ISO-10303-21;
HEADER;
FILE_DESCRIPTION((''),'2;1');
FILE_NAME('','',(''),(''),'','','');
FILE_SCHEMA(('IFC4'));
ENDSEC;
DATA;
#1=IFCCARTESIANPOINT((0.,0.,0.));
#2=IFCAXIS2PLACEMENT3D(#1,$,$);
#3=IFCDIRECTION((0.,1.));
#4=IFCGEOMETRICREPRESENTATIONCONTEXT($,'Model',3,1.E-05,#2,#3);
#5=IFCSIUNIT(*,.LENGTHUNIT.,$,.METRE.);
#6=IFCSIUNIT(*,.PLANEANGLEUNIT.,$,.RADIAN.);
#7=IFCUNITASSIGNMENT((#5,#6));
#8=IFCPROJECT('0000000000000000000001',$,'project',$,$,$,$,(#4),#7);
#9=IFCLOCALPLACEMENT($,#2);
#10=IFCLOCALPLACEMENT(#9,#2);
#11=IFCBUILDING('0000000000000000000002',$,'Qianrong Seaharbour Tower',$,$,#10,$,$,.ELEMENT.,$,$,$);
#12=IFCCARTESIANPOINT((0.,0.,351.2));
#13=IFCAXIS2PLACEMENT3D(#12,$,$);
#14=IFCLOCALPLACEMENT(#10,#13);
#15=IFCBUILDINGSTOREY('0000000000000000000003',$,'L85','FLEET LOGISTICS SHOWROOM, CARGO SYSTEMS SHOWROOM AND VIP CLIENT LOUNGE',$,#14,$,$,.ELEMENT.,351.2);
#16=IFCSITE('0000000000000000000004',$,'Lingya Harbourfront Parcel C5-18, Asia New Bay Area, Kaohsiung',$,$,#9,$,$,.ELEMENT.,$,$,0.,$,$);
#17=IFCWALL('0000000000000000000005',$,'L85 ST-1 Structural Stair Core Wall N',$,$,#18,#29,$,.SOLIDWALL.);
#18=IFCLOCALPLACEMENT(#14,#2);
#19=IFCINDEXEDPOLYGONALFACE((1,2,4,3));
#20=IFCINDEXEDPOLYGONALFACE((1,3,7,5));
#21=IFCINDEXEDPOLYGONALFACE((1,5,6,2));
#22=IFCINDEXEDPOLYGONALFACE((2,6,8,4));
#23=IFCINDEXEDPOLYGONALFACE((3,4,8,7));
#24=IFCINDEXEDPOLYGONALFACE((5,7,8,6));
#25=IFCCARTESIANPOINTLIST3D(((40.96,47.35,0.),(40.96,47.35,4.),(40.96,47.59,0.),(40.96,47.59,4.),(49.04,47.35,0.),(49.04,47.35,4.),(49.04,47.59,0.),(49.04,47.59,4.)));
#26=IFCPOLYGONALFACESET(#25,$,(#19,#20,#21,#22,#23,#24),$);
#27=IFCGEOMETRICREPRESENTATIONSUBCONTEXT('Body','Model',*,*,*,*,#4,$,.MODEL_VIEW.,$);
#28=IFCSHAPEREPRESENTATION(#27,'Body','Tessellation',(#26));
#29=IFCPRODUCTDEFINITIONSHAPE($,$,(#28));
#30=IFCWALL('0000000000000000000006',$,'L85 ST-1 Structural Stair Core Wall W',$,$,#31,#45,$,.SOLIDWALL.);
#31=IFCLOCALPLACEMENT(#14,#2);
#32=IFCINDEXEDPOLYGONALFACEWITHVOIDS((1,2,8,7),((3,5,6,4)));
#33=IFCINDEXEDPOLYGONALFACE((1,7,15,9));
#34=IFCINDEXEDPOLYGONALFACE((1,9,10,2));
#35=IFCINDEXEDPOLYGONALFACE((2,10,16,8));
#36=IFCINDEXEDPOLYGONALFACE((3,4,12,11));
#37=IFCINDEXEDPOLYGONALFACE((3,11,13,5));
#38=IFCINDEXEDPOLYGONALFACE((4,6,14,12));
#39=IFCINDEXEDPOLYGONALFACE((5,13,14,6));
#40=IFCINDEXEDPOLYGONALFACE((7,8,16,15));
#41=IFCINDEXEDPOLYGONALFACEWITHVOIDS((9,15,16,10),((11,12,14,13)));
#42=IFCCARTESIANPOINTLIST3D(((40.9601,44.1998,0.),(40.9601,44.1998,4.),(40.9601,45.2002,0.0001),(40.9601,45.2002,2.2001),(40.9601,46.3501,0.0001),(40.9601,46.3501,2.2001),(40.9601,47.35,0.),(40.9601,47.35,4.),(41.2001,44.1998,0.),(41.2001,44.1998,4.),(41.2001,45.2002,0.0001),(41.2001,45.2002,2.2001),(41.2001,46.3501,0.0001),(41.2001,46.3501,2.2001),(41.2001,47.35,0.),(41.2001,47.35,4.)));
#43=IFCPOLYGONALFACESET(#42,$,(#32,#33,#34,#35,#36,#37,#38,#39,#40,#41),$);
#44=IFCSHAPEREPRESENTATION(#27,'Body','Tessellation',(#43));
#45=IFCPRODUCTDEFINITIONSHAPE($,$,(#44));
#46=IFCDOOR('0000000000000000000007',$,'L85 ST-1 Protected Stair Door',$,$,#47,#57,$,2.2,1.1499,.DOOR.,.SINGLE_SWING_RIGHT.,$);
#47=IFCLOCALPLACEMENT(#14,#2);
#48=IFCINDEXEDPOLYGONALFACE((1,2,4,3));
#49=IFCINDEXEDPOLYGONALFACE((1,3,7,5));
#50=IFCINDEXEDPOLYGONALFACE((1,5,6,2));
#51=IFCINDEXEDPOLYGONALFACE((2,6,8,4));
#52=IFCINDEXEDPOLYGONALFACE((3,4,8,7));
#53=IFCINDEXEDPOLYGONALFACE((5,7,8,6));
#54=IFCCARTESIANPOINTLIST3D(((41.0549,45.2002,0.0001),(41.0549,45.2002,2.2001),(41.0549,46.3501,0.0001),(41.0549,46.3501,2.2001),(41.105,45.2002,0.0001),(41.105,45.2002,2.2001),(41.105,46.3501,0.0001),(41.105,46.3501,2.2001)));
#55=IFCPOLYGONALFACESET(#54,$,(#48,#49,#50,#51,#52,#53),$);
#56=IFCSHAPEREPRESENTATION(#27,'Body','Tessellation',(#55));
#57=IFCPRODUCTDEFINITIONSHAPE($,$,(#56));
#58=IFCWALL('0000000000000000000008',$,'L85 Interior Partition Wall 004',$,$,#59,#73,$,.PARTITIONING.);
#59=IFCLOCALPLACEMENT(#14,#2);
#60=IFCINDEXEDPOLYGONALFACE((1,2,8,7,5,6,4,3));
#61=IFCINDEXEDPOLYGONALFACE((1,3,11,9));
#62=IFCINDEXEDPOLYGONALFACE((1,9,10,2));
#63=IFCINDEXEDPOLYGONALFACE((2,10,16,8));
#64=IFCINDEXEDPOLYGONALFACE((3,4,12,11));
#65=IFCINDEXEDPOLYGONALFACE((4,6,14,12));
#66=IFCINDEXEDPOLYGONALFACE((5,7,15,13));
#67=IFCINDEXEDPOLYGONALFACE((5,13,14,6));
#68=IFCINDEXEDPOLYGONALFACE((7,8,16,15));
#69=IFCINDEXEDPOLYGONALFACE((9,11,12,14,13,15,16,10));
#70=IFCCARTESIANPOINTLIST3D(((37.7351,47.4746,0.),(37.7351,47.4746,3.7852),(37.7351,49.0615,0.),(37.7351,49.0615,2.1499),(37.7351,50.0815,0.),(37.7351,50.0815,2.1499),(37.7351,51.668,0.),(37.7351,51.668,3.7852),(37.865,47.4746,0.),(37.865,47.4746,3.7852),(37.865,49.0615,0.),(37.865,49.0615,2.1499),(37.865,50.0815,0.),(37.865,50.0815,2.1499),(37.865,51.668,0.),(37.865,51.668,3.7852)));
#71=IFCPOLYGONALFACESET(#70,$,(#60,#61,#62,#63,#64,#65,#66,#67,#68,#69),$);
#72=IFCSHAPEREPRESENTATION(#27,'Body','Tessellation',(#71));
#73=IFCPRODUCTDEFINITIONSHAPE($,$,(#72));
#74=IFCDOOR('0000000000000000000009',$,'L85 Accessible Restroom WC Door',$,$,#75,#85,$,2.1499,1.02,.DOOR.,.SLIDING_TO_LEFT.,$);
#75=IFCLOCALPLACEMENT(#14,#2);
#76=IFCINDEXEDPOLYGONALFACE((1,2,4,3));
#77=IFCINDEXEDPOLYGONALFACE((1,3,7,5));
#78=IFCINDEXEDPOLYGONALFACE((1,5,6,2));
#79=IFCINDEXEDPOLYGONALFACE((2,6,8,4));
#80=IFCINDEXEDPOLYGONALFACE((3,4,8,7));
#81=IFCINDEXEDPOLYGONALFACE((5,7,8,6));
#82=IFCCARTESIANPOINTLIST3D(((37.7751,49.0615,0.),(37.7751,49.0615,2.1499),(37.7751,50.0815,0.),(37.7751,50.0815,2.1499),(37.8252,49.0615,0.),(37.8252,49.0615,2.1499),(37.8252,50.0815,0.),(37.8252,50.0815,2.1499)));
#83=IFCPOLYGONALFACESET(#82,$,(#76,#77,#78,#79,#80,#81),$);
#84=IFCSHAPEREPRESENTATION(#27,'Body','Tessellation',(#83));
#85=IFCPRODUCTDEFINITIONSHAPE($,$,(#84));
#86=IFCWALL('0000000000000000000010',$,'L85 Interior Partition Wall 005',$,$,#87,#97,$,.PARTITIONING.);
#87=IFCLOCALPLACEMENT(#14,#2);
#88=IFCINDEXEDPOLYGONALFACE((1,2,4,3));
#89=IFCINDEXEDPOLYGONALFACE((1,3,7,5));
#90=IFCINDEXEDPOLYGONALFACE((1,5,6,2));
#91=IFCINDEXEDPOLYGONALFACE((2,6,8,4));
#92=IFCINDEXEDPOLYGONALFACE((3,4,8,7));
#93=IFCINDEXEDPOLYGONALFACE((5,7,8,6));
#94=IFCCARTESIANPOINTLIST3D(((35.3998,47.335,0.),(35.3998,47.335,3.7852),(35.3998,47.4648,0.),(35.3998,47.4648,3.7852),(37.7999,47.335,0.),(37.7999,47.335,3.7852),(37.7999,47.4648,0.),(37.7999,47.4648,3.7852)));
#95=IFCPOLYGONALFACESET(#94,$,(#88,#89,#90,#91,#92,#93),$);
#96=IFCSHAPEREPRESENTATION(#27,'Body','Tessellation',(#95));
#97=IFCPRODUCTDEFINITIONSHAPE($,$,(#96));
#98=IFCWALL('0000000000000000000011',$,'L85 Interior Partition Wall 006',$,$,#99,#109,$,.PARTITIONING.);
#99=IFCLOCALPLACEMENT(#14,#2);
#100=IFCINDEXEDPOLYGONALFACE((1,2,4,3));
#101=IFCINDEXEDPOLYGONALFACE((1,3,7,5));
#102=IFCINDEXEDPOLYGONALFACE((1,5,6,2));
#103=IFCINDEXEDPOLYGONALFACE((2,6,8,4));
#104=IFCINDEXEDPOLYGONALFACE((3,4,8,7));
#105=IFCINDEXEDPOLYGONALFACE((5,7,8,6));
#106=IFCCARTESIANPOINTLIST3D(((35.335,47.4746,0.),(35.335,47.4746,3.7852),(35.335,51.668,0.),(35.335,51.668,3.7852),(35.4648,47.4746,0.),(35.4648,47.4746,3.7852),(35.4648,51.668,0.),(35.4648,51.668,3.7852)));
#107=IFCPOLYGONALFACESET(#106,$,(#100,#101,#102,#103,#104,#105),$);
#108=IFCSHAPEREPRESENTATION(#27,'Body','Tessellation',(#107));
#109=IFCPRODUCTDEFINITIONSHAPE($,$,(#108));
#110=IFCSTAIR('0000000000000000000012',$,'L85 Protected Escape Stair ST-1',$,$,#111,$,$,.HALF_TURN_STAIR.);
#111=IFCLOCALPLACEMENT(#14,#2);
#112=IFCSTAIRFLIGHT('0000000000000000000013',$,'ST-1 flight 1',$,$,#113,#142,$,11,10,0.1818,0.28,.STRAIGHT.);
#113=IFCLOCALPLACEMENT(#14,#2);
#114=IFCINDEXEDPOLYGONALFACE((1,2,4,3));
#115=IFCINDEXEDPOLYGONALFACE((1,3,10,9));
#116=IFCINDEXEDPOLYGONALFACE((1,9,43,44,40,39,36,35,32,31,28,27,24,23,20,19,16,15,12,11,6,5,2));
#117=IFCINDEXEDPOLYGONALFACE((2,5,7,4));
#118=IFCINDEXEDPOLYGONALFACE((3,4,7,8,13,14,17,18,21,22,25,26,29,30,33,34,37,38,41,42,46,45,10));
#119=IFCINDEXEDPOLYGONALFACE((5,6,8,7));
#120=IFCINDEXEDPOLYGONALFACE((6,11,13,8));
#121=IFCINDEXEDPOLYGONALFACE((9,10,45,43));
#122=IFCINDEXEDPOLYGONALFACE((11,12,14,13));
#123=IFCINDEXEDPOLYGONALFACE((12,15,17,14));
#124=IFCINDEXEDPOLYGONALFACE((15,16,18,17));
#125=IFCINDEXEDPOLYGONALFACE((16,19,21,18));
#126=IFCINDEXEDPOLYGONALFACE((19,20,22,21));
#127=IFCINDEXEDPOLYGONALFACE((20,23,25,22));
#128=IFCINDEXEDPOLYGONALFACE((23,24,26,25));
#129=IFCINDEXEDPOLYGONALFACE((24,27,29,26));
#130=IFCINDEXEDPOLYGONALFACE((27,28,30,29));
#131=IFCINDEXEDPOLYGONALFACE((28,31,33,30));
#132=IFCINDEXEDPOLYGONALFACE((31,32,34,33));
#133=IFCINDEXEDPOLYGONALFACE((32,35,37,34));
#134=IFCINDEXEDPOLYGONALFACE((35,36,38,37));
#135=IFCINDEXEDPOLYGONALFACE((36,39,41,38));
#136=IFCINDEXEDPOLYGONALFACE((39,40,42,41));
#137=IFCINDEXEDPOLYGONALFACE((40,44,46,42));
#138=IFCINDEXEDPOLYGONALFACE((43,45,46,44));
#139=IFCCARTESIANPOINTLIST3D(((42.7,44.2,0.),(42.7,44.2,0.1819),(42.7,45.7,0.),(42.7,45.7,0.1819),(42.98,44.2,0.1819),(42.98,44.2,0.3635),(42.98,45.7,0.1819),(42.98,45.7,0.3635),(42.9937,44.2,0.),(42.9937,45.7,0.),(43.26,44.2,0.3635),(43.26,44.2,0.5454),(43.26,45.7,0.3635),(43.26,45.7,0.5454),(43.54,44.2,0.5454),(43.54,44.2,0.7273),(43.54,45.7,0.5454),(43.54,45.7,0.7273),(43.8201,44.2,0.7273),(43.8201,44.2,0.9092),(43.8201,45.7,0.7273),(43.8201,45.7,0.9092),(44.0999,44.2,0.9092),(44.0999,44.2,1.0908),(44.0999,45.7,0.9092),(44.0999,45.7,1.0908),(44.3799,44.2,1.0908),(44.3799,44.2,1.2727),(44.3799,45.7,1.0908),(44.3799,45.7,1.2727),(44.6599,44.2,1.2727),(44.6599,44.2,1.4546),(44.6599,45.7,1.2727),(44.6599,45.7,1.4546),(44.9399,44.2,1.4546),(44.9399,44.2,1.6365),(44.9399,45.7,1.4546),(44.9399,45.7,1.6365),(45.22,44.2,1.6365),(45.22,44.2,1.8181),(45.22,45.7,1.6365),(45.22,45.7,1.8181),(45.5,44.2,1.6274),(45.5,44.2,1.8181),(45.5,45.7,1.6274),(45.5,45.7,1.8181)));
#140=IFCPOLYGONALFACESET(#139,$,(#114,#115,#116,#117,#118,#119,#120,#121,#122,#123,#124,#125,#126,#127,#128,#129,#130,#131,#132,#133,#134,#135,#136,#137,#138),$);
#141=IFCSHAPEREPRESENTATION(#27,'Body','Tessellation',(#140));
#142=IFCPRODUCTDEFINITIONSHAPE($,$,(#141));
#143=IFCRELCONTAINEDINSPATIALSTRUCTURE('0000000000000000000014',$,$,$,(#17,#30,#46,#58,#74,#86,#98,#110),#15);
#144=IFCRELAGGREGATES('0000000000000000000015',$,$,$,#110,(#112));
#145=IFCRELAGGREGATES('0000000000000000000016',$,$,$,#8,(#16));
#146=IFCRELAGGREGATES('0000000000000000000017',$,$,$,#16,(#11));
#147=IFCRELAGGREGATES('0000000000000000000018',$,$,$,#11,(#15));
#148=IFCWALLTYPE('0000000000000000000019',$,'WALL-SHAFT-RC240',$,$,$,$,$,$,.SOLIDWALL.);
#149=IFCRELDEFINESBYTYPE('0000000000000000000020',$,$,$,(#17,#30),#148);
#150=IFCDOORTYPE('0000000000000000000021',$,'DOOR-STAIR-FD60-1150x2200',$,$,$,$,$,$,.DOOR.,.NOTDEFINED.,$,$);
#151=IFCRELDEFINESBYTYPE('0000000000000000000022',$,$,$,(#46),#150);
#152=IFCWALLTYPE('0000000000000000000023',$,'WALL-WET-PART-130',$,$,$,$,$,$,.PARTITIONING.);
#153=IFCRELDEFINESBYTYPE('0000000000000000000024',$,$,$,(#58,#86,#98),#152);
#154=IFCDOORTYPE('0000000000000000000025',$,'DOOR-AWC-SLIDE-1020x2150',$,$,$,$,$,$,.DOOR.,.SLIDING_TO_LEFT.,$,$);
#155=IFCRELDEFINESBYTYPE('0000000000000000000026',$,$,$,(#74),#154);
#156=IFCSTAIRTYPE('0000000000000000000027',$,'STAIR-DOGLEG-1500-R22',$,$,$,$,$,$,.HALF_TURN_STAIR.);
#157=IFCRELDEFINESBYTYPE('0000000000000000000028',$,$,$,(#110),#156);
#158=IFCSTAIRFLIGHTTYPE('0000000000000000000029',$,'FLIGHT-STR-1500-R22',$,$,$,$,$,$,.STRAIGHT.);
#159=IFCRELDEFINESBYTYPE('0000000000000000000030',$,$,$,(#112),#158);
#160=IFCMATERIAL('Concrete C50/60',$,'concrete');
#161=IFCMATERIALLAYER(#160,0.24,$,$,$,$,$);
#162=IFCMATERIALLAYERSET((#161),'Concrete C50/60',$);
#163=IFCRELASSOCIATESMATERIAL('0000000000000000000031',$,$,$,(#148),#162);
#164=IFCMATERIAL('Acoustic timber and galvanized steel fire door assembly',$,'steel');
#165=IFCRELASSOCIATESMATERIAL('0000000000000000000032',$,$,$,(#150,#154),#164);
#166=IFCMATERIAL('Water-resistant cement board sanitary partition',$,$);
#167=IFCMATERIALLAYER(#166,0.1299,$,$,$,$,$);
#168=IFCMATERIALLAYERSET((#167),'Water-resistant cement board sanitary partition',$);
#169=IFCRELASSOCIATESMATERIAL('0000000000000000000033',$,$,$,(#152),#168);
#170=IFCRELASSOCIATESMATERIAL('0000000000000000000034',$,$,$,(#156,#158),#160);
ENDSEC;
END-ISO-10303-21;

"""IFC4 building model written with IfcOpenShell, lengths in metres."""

from ifc_helpers import new_model, si_unit, direction, frame, frame_2d, origin, place, context, subcontext, project, spatial, polyline, rectangle, outline, extrude, material, layer, layer_set, type_object, element, fill, aggregate, save


model = new_model("IFC4")

# Units and contexts
model_context = context("Model", 3, precision=1e-05, world=origin(), true_north=direction((0.0, 1.0)))
body_context = subcontext(model_context, "Body", "Model", "MODEL_VIEW")
ifc_project = project(units=[si_unit("LENGTHUNIT", "METRE"), si_unit("PLANEANGLEUNIT", "RADIAN")], contexts=[model_context])

# Site, building, storey
site_placement = place(None, origin())
site = spatial("IfcSite", under=ifc_project, at=site_placement, Name="Lingya Harbourfront Parcel C5-18, Asia New Bay Area, Kaohsiung", CompositionType="ELEMENT", RefElevation=0.0)
building_placement = place(site_placement, origin())
building = spatial("IfcBuilding", under=site, at=building_placement, Name="Qianrong Seaharbour Tower", CompositionType="ELEMENT")
storey_placement = place(building_placement, frame((0.0, 0.0, 351.2)))
storey = spatial("IfcBuildingStorey", under=building, at=storey_placement, Name="L85", Description="FLEET LOGISTICS SHOWROOM, CARGO SYSTEMS SHOWROOM AND VIP CLIENT LOUNGE", CompositionType="ELEMENT", Elevation=351.2)

# Shared definitions
ifc_material_1 = material(Name="Concrete C50/60", Category="concrete")

# Shared definitions
ifc_material_2 = material(Name="Acoustic timber and galvanized steel fire door assembly", Category="steel")

# Wall
ifc_layer_1 = layer(ifc_material_1, 0.24)
ifc_layer_set_1 = layer_set([ifc_layer_1], Name="Concrete C50/60")
wall_type_1 = type_object("IfcWallType", Name="WALL-SHAFT-RC240", PredefinedType="SOLIDWALL", material=ifc_layer_set_1)
wall_1_placement = place(storey_placement, frame((40.96, 47.47, 0.0), z_axis=(0.0, 0.0, 1.0), x_axis=(1.0, 0.0, 0.0)))
element("IfcWall", 1, at=wall_1_placement, inside=storey, type_object=wall_type_1, Name="L85 ST-1 Structural Stair Core Wall N", PredefinedType="SOLIDWALL", context=body_context, shape_type="SweptSolid", body=[
    extrude(rectangle(XDim=8.0801, YDim=0.24, at=frame_2d((4.04, 0.0))), origin(), (0.0, 0.0, 1.0), 4.0),
])

# Walls, openings, doors
wall_2_placement = place(storey_placement, frame((41.0801, 47.3501, 0.0), z_axis=(0.0, 0.0, 1.0), x_axis=(0.0, -1.0, 0.0)))
wall_2 = element("IfcWall", 2, at=wall_2_placement, inside=storey, type_object=wall_type_1, Name="L85 ST-1 Structural Stair Core Wall W", PredefinedType="SOLIDWALL", context=body_context, shape_type="SweptSolid", body=[
    extrude(rectangle(XDim=3.1501, YDim=0.24, at=frame_2d((1.5752, 0.0))), origin(), (0.0, 0.0, 1.0), 4.0),
])
opening_1_placement = place(wall_2_placement, frame((1.0, 0.0, 0.0)))
opening_1 = element("IfcOpeningElement", 3, at=opening_1_placement, cuts=wall_2, PredefinedType="OPENING", context=body_context, shape_type="SweptSolid", body=[
    extrude(rectangle(XDim=1.1499, YDim=2.2, at=frame_2d((0.575, 1.1001))), frame((0.0, 0.1299, 0.0), z_axis=(0.0, -1.0, 0.0), x_axis=(1.0, 0.0, 0.0)), (0.0, 0.0, 1.0), 0.26),
])
door_type_1 = type_object("IfcDoorType", Name="DOOR-STAIR-FD60-1150x2200", OperationType="NOTDEFINED", PredefinedType="DOOR", material=ifc_material_2)
door_1_placement = place(opening_1_placement, origin())
door_1 = element("IfcDoor", 4, at=door_1_placement, inside=storey, type_object=door_type_1, Name="L85 ST-1 Protected Stair Door", OperationType="SINGLE_SWING_RIGHT", OverallHeight=2.2, OverallWidth=1.1499, PredefinedType="DOOR", context=body_context, shape_type="SweptSolid", body=[
    extrude(rectangle(XDim=1.1499, YDim=2.2, at=frame_2d((0.575, 1.1001))), frame((0.0, 0.0249, 0.0), z_axis=(0.0, -1.0, 0.0), x_axis=(1.0, 0.0, 0.0)), (0.0, 0.0, 1.0), 0.05),
])
fill(opening_1, door_1)
ifc_material_3 = material(Name="Water-resistant cement board sanitary partition")
ifc_layer_2 = layer(ifc_material_3, 0.1299)
ifc_layer_set_2 = layer_set([ifc_layer_2], Name="Water-resistant cement board sanitary partition")
wall_type_2 = type_object("IfcWallType", Name="WALL-WET-PART-130", PredefinedType="PARTITIONING", material=ifc_layer_set_2)
wall_3_placement = place(storey_placement, frame((37.8, 47.4746, 0.0), z_axis=(0.0, 0.0, 1.0), x_axis=(0.0, 1.0, 0.0)))
wall_3 = element("IfcWall", 5, at=wall_3_placement, inside=storey, type_object=wall_type_2, Name="L85 Interior Partition Wall 004", PredefinedType="PARTITIONING", context=body_context, shape_type="SweptSolid", body=[
    extrude(rectangle(XDim=4.1934, YDim=0.1299, at=frame_2d((2.0967, 0.0))), origin(), (0.0, 0.0, 1.0), 3.7852),
])
opening_2_placement = place(wall_3_placement, frame((1.5869, 0.0, 0.0)))
opening_2 = element("IfcOpeningElement", 6, at=opening_2_placement, cuts=wall_3, PredefinedType="OPENING", context=body_context, shape_type="SweptSolid", body=[
    extrude(rectangle(XDim=1.02, YDim=2.1499, at=frame_2d((0.51, 1.075))), frame((0.0, 0.075, 0.0), z_axis=(0.0, -1.0, 0.0), x_axis=(1.0, 0.0, 0.0)), (0.0, 0.0, 1.0), 0.1499),
])
door_type_2 = type_object("IfcDoorType", Name="DOOR-AWC-SLIDE-1020x2150", OperationType="SLIDING_TO_LEFT", PredefinedType="DOOR", material=ifc_material_2)
door_2_placement = place(opening_2_placement, origin())
door_2 = element("IfcDoor", 7, at=door_2_placement, inside=storey, type_object=door_type_2, Name="L85 Accessible Restroom WC Door", OperationType="SLIDING_TO_LEFT", OverallHeight=2.1499, OverallWidth=1.02, PredefinedType="DOOR", context=body_context, shape_type="SweptSolid", body=[
    extrude(rectangle(XDim=1.02, YDim=2.1499, at=frame_2d((0.51, 1.075))), frame((0.0, 0.0249, 0.0), z_axis=(0.0, -1.0, 0.0), x_axis=(1.0, 0.0, 0.0)), (0.0, 0.0, 1.0), 0.05),
])
fill(opening_2, door_2)

# Walls
wall_4_placement = place(storey_placement, frame((37.8, 47.3999, 0.0), z_axis=(0.0, 0.0, 1.0), x_axis=(-1.0, 0.0, 0.0)))
element("IfcWall", 8, at=wall_4_placement, inside=storey, type_object=wall_type_2, Name="L85 Interior Partition Wall 005", PredefinedType="PARTITIONING", context=body_context, shape_type="SweptSolid", body=[
    extrude(rectangle(XDim=2.4001, YDim=0.1299, at=frame_2d((1.2002, 0.0))), origin(), (0.0, 0.0, 1.0), 3.7852),
])
wall_5_placement = place(storey_placement, frame((35.3999, 47.4746, 0.0), z_axis=(0.0, 0.0, 1.0), x_axis=(0.0, 1.0, 0.0)))
element("IfcWall", 9, at=wall_5_placement, inside=storey, type_object=wall_type_2, Name="L85 Interior Partition Wall 006", PredefinedType="PARTITIONING", context=body_context, shape_type="SweptSolid", body=[
    extrude(rectangle(XDim=4.1934, YDim=0.1299, at=frame_2d((2.0967, 0.0))), origin(), (0.0, 0.0, 1.0), 3.7852),
])

# Stair, stair flight
stair_type = type_object("IfcStairType", Name="STAIR-DOGLEG-1500-R22", PredefinedType="HALF_TURN_STAIR", material=ifc_material_1)
stair_placement = place(storey_placement, origin())
stair = element("IfcStair", 10, at=stair_placement, inside=storey, type_object=stair_type, Name="L85 Protected Escape Stair ST-1", PredefinedType="HALF_TURN_STAIR")
stair_flight_type = type_object("IfcStairFlightType", Name="FLIGHT-STR-1500-R22", PredefinedType="STRAIGHT", material=ifc_material_1)
stair_flight_placement = place(storey_placement, frame((42.7, 44.95, 0.0), z_axis=(0.0, 0.0, 1.0), x_axis=(1.0, 0.0, 0.0)))
stair_flight = element("IfcStairFlight", 11, at=stair_flight_placement, type_object=stair_flight_type, Name="ST-1 flight 1", NumberOfRisers=11, NumberOfTreads=10, PredefinedType="STRAIGHT", RiserHeight=0.1818, TreadLength=0.28, context=body_context, shape_type="SweptSolid", body=[
    extrude(outline(polyline([(0.0, 0.0), (0.0, 0.1819), (0.28, 0.1819), (0.28, 0.3635), (0.5601, 0.3635), (0.5601, 0.5454), (0.8401, 0.5454), (0.8401, 0.7273), (1.1201, 0.7273), (1.1201, 0.9092), (1.3999, 0.9092), (1.3999, 1.0908), (1.6799, 1.0908), (1.6799, 1.2727), (1.96, 1.2727), (1.96, 1.4546), (2.24, 1.4546), (2.24, 1.6365), (2.52, 1.6365), (2.52, 1.8181), (2.8, 1.8181), (2.8, 2.0), (2.8, 1.6274), (0.2937, 0.0), (0.0, 0.0)])), frame((0.0, 0.75, 0.0), z_axis=(0.0, -1.0, 0.0), x_axis=(1.0, 0.0, 0.0)), (0.0, 0.0, 1.0), 1.5),
])
aggregate(stair, [stair_flight])

save(model, "model.ifc")
